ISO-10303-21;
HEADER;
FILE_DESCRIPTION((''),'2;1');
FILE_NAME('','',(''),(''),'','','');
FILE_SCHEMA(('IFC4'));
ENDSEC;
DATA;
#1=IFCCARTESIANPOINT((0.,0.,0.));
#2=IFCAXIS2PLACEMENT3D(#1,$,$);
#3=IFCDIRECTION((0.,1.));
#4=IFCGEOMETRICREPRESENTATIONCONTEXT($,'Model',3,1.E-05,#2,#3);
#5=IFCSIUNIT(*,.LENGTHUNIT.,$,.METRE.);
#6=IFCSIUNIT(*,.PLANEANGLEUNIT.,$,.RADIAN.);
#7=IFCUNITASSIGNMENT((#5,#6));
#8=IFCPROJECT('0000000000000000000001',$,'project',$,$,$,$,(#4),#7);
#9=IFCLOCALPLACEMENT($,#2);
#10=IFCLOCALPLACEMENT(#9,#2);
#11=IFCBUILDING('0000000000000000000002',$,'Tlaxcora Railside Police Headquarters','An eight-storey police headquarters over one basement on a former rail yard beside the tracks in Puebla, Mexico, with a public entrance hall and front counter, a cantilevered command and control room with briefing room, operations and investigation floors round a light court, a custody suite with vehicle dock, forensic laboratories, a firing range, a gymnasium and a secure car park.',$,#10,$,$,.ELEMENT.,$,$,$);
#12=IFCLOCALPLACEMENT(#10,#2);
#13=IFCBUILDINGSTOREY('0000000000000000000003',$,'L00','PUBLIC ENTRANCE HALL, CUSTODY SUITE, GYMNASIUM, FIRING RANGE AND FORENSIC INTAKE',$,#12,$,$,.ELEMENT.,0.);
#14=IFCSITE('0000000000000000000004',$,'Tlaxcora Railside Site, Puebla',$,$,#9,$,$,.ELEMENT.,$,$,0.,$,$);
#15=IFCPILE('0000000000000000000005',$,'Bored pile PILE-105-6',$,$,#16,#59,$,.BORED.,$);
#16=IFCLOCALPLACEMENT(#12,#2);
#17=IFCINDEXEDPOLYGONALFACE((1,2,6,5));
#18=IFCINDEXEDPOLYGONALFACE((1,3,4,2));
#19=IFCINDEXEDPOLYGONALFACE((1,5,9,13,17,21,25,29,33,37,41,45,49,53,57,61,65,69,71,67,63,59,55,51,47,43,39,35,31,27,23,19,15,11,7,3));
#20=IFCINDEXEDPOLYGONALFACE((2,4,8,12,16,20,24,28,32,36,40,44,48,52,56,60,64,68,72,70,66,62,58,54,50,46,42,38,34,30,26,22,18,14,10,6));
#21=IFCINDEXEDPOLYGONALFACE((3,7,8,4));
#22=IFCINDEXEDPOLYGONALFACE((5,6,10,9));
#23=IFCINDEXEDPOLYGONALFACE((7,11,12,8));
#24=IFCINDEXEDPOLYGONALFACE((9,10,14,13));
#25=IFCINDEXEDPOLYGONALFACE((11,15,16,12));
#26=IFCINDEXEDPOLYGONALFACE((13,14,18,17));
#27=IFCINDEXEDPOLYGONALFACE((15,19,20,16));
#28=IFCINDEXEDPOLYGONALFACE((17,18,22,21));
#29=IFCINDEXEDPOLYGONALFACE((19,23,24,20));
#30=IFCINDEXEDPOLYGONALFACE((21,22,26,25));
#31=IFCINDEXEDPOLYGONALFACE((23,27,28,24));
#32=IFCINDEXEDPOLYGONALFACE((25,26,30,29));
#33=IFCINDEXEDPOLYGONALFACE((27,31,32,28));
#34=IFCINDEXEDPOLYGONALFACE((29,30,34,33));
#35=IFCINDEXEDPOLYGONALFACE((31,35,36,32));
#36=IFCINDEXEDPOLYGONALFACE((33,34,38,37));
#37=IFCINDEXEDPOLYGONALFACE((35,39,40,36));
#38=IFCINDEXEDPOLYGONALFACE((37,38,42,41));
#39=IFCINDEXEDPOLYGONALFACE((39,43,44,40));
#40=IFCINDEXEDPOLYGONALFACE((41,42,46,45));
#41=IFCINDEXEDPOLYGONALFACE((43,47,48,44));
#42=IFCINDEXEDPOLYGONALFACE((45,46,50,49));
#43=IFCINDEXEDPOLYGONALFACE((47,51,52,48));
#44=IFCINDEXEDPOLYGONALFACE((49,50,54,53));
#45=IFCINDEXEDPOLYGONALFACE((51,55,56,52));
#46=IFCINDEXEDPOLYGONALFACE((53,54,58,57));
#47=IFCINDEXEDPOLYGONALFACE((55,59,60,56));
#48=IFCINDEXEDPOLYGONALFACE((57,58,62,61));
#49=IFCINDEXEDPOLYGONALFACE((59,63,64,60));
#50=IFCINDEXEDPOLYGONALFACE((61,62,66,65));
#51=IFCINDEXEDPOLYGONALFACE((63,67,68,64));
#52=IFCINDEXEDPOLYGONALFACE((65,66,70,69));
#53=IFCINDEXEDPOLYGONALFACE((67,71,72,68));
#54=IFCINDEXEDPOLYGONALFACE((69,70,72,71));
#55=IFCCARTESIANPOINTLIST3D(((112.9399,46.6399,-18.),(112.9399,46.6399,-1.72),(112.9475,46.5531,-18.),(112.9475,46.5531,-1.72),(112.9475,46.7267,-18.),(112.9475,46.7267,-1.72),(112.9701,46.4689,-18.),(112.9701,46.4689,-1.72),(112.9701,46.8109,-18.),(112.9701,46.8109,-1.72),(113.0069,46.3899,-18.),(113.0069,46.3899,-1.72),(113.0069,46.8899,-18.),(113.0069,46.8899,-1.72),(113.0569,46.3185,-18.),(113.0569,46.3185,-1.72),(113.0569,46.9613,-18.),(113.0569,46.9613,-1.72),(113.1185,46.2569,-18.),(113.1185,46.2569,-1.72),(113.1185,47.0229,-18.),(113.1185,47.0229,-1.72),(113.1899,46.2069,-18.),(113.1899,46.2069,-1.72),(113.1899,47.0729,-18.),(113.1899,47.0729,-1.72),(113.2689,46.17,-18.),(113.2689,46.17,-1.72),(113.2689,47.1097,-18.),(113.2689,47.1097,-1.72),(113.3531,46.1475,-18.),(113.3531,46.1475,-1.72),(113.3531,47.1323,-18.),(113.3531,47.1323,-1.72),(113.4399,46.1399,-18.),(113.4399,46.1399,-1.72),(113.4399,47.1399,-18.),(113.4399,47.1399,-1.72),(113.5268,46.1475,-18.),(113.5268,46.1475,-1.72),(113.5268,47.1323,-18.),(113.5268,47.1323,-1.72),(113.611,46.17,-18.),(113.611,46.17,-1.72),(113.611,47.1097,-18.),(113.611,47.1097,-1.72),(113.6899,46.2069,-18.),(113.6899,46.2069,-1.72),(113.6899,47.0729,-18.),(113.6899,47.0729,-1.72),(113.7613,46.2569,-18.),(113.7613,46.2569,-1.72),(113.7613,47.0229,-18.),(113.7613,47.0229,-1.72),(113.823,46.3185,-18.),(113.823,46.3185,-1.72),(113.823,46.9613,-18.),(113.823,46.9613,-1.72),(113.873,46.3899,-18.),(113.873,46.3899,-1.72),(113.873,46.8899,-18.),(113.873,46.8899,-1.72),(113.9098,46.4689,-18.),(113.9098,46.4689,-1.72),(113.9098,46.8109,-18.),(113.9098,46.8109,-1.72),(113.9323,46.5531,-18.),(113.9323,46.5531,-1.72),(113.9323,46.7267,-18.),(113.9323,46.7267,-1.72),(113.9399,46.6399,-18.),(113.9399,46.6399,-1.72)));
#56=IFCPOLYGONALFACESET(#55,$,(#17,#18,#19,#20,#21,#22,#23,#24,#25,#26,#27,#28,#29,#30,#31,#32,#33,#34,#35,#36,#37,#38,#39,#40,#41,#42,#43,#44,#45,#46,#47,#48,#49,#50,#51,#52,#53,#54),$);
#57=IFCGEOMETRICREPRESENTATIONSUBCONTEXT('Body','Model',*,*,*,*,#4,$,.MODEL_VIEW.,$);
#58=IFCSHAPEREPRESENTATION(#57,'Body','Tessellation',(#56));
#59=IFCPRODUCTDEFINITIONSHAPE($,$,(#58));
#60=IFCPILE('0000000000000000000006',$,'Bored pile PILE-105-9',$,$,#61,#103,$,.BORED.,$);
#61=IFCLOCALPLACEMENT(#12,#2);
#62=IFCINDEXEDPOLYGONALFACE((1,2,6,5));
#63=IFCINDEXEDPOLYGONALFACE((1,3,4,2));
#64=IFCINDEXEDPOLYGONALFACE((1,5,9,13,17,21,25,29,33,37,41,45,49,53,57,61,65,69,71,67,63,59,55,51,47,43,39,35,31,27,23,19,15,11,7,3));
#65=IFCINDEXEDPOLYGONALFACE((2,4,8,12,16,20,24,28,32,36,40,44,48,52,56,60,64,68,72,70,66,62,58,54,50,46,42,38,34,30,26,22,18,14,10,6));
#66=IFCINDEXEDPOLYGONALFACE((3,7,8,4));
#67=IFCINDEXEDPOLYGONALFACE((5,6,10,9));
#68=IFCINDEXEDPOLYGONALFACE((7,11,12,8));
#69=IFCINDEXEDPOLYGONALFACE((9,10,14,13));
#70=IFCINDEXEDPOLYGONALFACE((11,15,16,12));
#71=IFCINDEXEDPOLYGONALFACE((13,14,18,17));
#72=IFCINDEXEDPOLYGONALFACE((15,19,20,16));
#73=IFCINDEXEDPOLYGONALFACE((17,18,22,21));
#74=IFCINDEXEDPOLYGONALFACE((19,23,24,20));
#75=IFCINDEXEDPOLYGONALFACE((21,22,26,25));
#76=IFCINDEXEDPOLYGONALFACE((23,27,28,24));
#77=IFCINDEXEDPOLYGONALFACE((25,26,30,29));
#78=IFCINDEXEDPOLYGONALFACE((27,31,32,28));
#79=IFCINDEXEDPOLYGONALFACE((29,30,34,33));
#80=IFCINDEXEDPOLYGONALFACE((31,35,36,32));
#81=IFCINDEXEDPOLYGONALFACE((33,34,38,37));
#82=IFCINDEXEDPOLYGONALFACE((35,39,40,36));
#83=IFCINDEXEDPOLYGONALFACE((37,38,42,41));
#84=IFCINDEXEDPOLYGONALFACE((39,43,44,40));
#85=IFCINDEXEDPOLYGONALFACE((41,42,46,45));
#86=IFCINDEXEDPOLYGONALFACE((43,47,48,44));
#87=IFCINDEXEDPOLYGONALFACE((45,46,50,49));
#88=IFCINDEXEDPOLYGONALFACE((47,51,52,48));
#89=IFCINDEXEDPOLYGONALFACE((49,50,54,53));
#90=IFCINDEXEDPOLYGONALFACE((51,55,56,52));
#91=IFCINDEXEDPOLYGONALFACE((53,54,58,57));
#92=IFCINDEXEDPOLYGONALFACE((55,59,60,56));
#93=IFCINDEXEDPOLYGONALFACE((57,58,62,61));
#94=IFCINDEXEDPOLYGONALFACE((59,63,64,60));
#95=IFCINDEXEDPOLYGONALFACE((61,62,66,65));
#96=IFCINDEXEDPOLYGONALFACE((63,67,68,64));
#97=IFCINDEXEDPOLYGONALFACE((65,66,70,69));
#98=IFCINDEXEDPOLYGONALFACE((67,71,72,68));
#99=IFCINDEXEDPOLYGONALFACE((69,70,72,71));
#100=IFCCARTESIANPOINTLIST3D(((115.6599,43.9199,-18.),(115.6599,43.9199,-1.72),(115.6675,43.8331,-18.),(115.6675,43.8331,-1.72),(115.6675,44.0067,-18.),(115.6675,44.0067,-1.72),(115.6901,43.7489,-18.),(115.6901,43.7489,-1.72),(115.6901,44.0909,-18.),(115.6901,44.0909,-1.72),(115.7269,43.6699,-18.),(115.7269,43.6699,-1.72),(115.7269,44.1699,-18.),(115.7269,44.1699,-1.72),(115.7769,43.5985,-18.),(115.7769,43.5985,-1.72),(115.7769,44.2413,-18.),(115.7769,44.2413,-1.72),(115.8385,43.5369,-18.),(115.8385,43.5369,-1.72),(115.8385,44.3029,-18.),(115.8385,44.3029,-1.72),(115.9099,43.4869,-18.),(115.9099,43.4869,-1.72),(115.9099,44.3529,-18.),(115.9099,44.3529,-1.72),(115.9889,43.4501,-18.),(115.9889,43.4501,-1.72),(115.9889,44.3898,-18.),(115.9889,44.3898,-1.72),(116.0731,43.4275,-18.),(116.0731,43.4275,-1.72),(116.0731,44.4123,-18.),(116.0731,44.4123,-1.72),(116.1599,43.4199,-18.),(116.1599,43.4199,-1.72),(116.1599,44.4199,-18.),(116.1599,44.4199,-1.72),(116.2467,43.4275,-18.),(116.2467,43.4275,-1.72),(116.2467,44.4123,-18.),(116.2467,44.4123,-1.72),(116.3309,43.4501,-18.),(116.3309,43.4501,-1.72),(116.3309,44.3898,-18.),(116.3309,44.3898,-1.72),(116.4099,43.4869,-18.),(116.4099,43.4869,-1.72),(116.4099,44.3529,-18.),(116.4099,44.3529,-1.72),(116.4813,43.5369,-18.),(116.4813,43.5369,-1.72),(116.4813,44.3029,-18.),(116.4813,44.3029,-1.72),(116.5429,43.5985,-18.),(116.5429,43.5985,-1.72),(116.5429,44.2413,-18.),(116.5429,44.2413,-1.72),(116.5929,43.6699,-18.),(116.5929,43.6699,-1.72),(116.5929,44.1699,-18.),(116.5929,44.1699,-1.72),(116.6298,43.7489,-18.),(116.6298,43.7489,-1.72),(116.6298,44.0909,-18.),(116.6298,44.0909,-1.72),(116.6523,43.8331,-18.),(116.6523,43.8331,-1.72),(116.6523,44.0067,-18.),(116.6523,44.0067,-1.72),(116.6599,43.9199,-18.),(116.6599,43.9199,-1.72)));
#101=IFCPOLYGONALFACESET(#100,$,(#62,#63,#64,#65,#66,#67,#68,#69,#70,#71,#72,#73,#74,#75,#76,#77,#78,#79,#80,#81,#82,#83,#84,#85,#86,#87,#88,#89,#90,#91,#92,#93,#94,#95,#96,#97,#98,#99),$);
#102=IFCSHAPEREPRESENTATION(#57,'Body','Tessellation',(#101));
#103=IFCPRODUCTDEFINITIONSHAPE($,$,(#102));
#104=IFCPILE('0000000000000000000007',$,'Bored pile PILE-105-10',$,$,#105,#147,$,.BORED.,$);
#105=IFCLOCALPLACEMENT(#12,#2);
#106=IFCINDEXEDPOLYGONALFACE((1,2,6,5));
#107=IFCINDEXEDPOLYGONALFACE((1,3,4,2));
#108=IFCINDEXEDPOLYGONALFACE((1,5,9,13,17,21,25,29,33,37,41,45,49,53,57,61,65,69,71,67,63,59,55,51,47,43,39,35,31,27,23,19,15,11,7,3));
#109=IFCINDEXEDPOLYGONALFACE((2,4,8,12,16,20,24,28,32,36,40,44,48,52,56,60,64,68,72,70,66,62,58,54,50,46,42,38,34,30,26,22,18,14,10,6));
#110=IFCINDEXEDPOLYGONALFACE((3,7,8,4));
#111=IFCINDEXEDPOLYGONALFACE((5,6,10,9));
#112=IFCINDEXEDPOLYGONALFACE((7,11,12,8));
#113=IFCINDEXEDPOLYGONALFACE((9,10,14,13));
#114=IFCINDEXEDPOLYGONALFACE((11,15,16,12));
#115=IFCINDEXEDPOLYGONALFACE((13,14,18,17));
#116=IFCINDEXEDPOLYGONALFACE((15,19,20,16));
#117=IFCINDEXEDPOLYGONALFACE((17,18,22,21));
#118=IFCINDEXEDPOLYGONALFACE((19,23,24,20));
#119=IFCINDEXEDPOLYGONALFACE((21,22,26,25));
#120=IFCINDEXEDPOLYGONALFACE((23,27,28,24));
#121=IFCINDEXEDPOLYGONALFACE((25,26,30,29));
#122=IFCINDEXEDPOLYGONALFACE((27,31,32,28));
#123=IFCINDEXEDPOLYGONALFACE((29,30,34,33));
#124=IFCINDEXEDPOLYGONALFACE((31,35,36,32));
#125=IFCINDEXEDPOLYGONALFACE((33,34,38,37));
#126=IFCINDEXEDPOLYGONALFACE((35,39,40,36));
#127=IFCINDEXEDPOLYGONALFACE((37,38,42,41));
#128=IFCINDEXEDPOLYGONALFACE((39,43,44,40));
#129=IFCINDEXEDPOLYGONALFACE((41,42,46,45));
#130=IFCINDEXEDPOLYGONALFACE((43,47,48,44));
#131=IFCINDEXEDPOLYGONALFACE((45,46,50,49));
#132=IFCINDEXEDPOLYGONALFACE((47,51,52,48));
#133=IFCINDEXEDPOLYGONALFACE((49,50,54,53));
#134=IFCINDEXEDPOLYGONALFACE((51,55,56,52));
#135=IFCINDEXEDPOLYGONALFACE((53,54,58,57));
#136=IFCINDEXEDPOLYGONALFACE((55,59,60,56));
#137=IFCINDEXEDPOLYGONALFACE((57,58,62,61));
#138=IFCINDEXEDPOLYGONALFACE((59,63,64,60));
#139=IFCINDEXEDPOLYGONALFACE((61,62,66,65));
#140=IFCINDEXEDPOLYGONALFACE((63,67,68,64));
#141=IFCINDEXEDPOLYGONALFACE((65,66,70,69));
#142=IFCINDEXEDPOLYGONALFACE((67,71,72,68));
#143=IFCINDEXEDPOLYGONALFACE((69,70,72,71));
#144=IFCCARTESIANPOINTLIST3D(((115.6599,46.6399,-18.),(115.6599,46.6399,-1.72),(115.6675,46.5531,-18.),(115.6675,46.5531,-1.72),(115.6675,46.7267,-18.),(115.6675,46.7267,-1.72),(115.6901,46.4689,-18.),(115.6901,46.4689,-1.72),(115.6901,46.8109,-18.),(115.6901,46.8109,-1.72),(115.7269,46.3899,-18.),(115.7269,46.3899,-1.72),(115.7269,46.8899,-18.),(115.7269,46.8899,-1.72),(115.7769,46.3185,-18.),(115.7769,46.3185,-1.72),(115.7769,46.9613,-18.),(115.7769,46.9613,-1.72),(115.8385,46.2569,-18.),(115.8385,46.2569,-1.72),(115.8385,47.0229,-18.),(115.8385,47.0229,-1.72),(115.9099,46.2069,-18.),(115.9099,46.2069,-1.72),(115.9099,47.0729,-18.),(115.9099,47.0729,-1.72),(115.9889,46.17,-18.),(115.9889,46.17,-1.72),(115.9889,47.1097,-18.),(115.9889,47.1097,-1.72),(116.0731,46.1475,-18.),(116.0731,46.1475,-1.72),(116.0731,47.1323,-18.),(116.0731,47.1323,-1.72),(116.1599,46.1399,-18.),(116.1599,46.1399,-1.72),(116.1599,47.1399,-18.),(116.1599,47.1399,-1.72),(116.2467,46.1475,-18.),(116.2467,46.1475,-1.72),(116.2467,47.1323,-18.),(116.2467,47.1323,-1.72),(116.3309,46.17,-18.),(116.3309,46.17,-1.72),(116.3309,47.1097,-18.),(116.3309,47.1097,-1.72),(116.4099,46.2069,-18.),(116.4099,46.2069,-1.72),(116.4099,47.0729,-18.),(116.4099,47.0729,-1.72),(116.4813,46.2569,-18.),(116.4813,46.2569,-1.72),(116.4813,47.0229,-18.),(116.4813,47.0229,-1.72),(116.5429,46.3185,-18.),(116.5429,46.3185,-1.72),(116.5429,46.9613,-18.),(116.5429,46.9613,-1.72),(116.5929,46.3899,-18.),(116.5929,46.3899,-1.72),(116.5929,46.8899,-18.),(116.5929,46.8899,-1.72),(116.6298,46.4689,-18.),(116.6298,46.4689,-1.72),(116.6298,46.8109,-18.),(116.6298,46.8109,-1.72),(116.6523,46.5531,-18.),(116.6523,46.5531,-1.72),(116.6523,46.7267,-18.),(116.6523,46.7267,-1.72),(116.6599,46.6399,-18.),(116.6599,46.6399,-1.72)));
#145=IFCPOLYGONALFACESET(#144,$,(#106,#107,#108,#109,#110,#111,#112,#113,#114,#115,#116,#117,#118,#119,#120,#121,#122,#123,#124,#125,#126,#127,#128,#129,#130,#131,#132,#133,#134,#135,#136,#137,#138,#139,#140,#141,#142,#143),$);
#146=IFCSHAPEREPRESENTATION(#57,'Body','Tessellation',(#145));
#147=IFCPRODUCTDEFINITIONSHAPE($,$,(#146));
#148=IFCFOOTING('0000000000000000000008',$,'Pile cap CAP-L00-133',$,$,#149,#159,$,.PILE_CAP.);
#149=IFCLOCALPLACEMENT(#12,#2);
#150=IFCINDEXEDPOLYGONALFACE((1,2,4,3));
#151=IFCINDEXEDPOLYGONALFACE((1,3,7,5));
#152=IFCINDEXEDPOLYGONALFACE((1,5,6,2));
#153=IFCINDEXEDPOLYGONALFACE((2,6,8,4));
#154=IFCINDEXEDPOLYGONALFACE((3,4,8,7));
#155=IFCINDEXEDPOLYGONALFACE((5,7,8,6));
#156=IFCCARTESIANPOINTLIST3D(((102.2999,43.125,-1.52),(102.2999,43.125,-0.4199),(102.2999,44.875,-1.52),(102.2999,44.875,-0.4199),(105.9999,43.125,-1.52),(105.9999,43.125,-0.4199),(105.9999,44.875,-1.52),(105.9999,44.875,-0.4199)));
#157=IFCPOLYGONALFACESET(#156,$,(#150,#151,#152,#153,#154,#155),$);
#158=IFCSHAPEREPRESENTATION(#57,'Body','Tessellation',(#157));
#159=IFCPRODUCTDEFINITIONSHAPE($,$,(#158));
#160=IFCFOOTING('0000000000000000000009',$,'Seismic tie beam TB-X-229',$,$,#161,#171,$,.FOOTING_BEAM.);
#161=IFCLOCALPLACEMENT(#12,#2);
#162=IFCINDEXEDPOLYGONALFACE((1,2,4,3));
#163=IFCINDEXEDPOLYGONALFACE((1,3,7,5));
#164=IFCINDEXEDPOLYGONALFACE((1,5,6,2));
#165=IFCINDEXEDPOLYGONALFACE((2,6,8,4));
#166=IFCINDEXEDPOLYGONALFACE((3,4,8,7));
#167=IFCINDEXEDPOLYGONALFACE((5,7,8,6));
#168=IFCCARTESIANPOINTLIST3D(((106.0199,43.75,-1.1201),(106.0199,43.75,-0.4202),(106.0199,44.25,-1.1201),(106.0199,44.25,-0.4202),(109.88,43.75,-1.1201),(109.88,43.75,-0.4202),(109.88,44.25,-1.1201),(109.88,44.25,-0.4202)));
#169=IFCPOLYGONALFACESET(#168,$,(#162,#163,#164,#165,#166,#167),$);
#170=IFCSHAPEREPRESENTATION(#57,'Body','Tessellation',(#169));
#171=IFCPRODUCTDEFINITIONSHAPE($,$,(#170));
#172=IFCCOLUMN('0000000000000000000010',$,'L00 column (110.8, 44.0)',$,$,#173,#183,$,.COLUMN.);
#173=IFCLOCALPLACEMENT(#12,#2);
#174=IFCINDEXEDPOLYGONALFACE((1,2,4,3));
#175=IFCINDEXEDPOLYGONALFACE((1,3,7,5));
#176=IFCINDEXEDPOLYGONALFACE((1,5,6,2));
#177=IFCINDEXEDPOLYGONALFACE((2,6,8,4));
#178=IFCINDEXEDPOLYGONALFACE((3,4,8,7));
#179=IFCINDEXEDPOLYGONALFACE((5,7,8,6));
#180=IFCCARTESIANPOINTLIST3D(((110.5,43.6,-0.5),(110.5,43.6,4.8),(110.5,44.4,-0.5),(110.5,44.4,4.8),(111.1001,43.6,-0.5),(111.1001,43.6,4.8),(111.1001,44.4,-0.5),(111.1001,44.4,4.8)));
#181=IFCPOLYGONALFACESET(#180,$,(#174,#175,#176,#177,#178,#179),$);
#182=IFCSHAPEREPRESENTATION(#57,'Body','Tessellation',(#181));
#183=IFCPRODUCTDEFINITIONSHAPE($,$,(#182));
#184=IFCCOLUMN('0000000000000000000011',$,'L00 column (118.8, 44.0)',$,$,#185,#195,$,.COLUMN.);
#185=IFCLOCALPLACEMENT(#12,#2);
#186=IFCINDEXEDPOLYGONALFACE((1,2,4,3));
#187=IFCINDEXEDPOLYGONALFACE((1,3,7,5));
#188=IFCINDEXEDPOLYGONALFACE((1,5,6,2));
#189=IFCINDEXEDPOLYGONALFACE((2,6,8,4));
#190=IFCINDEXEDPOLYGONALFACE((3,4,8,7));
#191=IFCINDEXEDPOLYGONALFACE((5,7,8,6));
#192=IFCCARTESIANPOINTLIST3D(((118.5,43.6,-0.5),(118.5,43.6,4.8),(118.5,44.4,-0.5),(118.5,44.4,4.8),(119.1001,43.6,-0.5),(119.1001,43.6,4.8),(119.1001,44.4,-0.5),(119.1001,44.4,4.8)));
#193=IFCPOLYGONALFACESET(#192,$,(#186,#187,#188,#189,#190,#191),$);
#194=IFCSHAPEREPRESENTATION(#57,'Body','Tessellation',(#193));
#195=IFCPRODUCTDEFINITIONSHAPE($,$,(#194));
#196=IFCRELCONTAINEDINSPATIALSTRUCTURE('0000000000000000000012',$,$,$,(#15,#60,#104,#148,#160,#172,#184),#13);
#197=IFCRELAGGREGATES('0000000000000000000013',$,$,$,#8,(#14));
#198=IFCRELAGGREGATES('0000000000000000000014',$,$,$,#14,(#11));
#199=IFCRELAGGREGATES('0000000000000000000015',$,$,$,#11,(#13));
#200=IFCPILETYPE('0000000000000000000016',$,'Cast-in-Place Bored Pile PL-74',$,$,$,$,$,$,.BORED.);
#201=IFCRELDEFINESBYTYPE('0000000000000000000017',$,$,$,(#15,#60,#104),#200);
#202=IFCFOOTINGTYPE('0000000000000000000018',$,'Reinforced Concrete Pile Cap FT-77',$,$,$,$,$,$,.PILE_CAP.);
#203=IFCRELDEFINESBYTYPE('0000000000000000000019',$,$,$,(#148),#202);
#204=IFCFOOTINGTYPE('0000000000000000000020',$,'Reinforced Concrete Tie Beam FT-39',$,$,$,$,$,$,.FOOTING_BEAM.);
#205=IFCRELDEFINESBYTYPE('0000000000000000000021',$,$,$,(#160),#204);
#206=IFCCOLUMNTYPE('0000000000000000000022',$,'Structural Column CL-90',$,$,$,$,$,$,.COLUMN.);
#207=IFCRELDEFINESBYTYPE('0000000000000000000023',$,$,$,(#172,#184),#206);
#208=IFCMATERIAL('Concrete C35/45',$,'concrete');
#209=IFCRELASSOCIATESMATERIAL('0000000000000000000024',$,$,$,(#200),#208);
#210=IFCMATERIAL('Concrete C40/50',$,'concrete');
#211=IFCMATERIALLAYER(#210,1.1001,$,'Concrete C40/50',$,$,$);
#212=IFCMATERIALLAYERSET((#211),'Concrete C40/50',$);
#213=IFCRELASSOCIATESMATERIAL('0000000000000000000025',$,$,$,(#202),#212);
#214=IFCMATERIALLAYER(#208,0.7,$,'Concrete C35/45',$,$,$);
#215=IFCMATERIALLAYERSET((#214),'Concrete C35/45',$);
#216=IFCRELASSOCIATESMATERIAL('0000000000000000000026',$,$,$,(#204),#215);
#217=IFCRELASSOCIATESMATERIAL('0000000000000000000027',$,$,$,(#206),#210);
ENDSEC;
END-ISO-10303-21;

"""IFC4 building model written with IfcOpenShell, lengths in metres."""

from ifc_helpers import new_model, si_unit, direction, frame, origin, origin_2d, place, context, subcontext, project, spatial, rectangle, circle, extrude, material, layer, layer_set, material_profile, profile_set, type_object, element, save


model = new_model("IFC4")

# Units and contexts
model_context = context("Model", 3, precision=1e-05, world=origin(), true_north=direction((0.0, 1.0)))
body_context = subcontext(model_context, "Body", "Model", "MODEL_VIEW")
ifc_project = project(units=[si_unit("LENGTHUNIT", "METRE"), si_unit("PLANEANGLEUNIT", "RADIAN")], contexts=[model_context])

# Site, building, storey
site_placement = place(None, origin())
site = spatial("IfcSite", under=ifc_project, at=site_placement, Name="Tlaxcora Railside Site, Puebla", CompositionType="ELEMENT", RefElevation=0.0)
building_placement = place(site_placement, origin())
building = spatial("IfcBuilding", under=site, at=building_placement, Name="Tlaxcora Railside Police Headquarters", Description="An eight-storey police headquarters over one basement on a former rail yard beside the tracks in Puebla, Mexico, with a public entrance hall and front counter, a cantilevered command and control room with briefing room, operations and investigation floors round a light court, a custody suite with vehicle dock, forensic laboratories, a firing range, a gymnasium and a secure car park.", CompositionType="ELEMENT")
storey_placement = place(building_placement, origin())
storey = spatial("IfcBuildingStorey", under=building, at=storey_placement, Name="L00", Description="PUBLIC ENTRANCE HALL, CUSTODY SUITE, GYMNASIUM, FIRING RANGE AND FORENSIC INTAKE", CompositionType="ELEMENT", Elevation=0.0)

# Piles
ifc_material_1 = material(Name="Concrete C35/45", Category="concrete")
ifc_material_profile_1 = material_profile(ifc_material_1, circle(Radius=0.5, at=origin_2d()), Name="PILE1000")
ifc_profile_set_1 = profile_set([ifc_material_profile_1], Name="Concrete C35/45")
pile_type_1 = type_object("IfcPileType", Name="Cast-in-Place Bored Pile PL-74", PredefinedType="BORED", material=ifc_profile_set_1)
for number, where, z_axis, x_axis, name in (
    (1, (113.4399, 46.6399, -1.72), (0.0, 0.0, -1.0), (1.0, 0.0, 0.0), "Bored pile PILE-105-6"),
    (2, (116.1599, 43.9199, -1.72), (0.0, 0.0, -1.0), (1.0, 0.0, 0.0), "Bored pile PILE-105-9"),
    (3, (116.1599, 46.6399, -1.72), (0.0, 0.0, -1.0), (1.0, 0.0, 0.0), "Bored pile PILE-105-10"),
):
    element("IfcPile", number, at=place(storey_placement, frame(where, z_axis=z_axis, x_axis=x_axis)), inside=storey, type_object=pile_type_1, Name=name, PredefinedType="BORED", context=body_context, shape_type="SweptSolid", body=[
        extrude(circle(Radius=0.5, at=origin_2d()), origin(), (0.0, 0.0, 1.0), 16.28),
    ])

# Footings
ifc_material_2 = material(Name="Concrete C40/50", Category="concrete")
ifc_layer_1 = layer(ifc_material_2, 1.1001, Name="Concrete C40/50")
ifc_layer_set_1 = layer_set([ifc_layer_1], Name="Concrete C40/50")
footing_type_1 = type_object("IfcFootingType", Name="Reinforced Concrete Pile Cap FT-77", PredefinedType="PILE_CAP", material=ifc_layer_set_1)
footing_1_placement = place(storey_placement, frame((104.1499, 44.0, -1.52), z_axis=(0.0, 0.0, 1.0), x_axis=(1.0, 0.0, 0.0)))
element("IfcFooting", 4, at=footing_1_placement, inside=storey, type_object=footing_type_1, Name="Pile cap CAP-L00-133", PredefinedType="PILE_CAP", context=body_context, shape_type="SweptSolid", body=[
    extrude(rectangle(XDim=3.7, YDim=1.75, at=origin_2d()), origin(), (0.0, 0.0, 1.0), 1.1001),
])
ifc_layer_2 = layer(ifc_material_1, 0.7, Name="Concrete C35/45")
ifc_layer_set_2 = layer_set([ifc_layer_2], Name="Concrete C35/45")
footing_type_2 = type_object("IfcFootingType", Name="Reinforced Concrete Tie Beam FT-39", PredefinedType="FOOTING_BEAM", material=ifc_layer_set_2)
footing_2_placement = place(storey_placement, frame((107.95, 44.0, -1.1201), z_axis=(0.0, 0.0, 1.0), x_axis=(1.0, 0.0, 0.0)))
element("IfcFooting", 5, at=footing_2_placement, inside=storey, type_object=footing_type_2, Name="Seismic tie beam TB-X-229", PredefinedType="FOOTING_BEAM", context=body_context, shape_type="SweptSolid", body=[
    extrude(rectangle(XDim=3.8601, YDim=0.5, at=origin_2d()), origin(), (0.0, 0.0, 1.0), 0.7),
])

# Columns
ifc_material_profile_2 = material_profile(ifc_material_2, rectangle(XDim=0.6001, YDim=0.8, at=origin_2d()), Name="RC600X800")
ifc_profile_set_2 = profile_set([ifc_material_profile_2], Name="Concrete C40/50")
column_type = type_object("IfcColumnType", Name="Structural Column CL-90", PredefinedType="COLUMN", material=ifc_profile_set_2)
for number, where, z_axis, x_axis, name in (
    (6, (110.8, 44.0, -0.5), (0.0, 0.0, 1.0), (1.0, 0.0, 0.0), "L00 column (110.8, 44.0)"),
    (7, (118.8, 44.0, -0.5), (0.0, 0.0, 1.0), (1.0, 0.0, 0.0), "L00 column (118.8, 44.0)"),
):
    element("IfcColumn", number, at=place(storey_placement, frame(where, z_axis=z_axis, x_axis=x_axis)), inside=storey, type_object=column_type, Name=name, PredefinedType="COLUMN", context=body_context, shape_type="SweptSolid", body=[
        extrude(rectangle(XDim=0.6001, YDim=0.8, at=origin_2d()), origin(), (0.0, 0.0, 1.0), 5.3),
    ])

save(model, "model.ifc")
